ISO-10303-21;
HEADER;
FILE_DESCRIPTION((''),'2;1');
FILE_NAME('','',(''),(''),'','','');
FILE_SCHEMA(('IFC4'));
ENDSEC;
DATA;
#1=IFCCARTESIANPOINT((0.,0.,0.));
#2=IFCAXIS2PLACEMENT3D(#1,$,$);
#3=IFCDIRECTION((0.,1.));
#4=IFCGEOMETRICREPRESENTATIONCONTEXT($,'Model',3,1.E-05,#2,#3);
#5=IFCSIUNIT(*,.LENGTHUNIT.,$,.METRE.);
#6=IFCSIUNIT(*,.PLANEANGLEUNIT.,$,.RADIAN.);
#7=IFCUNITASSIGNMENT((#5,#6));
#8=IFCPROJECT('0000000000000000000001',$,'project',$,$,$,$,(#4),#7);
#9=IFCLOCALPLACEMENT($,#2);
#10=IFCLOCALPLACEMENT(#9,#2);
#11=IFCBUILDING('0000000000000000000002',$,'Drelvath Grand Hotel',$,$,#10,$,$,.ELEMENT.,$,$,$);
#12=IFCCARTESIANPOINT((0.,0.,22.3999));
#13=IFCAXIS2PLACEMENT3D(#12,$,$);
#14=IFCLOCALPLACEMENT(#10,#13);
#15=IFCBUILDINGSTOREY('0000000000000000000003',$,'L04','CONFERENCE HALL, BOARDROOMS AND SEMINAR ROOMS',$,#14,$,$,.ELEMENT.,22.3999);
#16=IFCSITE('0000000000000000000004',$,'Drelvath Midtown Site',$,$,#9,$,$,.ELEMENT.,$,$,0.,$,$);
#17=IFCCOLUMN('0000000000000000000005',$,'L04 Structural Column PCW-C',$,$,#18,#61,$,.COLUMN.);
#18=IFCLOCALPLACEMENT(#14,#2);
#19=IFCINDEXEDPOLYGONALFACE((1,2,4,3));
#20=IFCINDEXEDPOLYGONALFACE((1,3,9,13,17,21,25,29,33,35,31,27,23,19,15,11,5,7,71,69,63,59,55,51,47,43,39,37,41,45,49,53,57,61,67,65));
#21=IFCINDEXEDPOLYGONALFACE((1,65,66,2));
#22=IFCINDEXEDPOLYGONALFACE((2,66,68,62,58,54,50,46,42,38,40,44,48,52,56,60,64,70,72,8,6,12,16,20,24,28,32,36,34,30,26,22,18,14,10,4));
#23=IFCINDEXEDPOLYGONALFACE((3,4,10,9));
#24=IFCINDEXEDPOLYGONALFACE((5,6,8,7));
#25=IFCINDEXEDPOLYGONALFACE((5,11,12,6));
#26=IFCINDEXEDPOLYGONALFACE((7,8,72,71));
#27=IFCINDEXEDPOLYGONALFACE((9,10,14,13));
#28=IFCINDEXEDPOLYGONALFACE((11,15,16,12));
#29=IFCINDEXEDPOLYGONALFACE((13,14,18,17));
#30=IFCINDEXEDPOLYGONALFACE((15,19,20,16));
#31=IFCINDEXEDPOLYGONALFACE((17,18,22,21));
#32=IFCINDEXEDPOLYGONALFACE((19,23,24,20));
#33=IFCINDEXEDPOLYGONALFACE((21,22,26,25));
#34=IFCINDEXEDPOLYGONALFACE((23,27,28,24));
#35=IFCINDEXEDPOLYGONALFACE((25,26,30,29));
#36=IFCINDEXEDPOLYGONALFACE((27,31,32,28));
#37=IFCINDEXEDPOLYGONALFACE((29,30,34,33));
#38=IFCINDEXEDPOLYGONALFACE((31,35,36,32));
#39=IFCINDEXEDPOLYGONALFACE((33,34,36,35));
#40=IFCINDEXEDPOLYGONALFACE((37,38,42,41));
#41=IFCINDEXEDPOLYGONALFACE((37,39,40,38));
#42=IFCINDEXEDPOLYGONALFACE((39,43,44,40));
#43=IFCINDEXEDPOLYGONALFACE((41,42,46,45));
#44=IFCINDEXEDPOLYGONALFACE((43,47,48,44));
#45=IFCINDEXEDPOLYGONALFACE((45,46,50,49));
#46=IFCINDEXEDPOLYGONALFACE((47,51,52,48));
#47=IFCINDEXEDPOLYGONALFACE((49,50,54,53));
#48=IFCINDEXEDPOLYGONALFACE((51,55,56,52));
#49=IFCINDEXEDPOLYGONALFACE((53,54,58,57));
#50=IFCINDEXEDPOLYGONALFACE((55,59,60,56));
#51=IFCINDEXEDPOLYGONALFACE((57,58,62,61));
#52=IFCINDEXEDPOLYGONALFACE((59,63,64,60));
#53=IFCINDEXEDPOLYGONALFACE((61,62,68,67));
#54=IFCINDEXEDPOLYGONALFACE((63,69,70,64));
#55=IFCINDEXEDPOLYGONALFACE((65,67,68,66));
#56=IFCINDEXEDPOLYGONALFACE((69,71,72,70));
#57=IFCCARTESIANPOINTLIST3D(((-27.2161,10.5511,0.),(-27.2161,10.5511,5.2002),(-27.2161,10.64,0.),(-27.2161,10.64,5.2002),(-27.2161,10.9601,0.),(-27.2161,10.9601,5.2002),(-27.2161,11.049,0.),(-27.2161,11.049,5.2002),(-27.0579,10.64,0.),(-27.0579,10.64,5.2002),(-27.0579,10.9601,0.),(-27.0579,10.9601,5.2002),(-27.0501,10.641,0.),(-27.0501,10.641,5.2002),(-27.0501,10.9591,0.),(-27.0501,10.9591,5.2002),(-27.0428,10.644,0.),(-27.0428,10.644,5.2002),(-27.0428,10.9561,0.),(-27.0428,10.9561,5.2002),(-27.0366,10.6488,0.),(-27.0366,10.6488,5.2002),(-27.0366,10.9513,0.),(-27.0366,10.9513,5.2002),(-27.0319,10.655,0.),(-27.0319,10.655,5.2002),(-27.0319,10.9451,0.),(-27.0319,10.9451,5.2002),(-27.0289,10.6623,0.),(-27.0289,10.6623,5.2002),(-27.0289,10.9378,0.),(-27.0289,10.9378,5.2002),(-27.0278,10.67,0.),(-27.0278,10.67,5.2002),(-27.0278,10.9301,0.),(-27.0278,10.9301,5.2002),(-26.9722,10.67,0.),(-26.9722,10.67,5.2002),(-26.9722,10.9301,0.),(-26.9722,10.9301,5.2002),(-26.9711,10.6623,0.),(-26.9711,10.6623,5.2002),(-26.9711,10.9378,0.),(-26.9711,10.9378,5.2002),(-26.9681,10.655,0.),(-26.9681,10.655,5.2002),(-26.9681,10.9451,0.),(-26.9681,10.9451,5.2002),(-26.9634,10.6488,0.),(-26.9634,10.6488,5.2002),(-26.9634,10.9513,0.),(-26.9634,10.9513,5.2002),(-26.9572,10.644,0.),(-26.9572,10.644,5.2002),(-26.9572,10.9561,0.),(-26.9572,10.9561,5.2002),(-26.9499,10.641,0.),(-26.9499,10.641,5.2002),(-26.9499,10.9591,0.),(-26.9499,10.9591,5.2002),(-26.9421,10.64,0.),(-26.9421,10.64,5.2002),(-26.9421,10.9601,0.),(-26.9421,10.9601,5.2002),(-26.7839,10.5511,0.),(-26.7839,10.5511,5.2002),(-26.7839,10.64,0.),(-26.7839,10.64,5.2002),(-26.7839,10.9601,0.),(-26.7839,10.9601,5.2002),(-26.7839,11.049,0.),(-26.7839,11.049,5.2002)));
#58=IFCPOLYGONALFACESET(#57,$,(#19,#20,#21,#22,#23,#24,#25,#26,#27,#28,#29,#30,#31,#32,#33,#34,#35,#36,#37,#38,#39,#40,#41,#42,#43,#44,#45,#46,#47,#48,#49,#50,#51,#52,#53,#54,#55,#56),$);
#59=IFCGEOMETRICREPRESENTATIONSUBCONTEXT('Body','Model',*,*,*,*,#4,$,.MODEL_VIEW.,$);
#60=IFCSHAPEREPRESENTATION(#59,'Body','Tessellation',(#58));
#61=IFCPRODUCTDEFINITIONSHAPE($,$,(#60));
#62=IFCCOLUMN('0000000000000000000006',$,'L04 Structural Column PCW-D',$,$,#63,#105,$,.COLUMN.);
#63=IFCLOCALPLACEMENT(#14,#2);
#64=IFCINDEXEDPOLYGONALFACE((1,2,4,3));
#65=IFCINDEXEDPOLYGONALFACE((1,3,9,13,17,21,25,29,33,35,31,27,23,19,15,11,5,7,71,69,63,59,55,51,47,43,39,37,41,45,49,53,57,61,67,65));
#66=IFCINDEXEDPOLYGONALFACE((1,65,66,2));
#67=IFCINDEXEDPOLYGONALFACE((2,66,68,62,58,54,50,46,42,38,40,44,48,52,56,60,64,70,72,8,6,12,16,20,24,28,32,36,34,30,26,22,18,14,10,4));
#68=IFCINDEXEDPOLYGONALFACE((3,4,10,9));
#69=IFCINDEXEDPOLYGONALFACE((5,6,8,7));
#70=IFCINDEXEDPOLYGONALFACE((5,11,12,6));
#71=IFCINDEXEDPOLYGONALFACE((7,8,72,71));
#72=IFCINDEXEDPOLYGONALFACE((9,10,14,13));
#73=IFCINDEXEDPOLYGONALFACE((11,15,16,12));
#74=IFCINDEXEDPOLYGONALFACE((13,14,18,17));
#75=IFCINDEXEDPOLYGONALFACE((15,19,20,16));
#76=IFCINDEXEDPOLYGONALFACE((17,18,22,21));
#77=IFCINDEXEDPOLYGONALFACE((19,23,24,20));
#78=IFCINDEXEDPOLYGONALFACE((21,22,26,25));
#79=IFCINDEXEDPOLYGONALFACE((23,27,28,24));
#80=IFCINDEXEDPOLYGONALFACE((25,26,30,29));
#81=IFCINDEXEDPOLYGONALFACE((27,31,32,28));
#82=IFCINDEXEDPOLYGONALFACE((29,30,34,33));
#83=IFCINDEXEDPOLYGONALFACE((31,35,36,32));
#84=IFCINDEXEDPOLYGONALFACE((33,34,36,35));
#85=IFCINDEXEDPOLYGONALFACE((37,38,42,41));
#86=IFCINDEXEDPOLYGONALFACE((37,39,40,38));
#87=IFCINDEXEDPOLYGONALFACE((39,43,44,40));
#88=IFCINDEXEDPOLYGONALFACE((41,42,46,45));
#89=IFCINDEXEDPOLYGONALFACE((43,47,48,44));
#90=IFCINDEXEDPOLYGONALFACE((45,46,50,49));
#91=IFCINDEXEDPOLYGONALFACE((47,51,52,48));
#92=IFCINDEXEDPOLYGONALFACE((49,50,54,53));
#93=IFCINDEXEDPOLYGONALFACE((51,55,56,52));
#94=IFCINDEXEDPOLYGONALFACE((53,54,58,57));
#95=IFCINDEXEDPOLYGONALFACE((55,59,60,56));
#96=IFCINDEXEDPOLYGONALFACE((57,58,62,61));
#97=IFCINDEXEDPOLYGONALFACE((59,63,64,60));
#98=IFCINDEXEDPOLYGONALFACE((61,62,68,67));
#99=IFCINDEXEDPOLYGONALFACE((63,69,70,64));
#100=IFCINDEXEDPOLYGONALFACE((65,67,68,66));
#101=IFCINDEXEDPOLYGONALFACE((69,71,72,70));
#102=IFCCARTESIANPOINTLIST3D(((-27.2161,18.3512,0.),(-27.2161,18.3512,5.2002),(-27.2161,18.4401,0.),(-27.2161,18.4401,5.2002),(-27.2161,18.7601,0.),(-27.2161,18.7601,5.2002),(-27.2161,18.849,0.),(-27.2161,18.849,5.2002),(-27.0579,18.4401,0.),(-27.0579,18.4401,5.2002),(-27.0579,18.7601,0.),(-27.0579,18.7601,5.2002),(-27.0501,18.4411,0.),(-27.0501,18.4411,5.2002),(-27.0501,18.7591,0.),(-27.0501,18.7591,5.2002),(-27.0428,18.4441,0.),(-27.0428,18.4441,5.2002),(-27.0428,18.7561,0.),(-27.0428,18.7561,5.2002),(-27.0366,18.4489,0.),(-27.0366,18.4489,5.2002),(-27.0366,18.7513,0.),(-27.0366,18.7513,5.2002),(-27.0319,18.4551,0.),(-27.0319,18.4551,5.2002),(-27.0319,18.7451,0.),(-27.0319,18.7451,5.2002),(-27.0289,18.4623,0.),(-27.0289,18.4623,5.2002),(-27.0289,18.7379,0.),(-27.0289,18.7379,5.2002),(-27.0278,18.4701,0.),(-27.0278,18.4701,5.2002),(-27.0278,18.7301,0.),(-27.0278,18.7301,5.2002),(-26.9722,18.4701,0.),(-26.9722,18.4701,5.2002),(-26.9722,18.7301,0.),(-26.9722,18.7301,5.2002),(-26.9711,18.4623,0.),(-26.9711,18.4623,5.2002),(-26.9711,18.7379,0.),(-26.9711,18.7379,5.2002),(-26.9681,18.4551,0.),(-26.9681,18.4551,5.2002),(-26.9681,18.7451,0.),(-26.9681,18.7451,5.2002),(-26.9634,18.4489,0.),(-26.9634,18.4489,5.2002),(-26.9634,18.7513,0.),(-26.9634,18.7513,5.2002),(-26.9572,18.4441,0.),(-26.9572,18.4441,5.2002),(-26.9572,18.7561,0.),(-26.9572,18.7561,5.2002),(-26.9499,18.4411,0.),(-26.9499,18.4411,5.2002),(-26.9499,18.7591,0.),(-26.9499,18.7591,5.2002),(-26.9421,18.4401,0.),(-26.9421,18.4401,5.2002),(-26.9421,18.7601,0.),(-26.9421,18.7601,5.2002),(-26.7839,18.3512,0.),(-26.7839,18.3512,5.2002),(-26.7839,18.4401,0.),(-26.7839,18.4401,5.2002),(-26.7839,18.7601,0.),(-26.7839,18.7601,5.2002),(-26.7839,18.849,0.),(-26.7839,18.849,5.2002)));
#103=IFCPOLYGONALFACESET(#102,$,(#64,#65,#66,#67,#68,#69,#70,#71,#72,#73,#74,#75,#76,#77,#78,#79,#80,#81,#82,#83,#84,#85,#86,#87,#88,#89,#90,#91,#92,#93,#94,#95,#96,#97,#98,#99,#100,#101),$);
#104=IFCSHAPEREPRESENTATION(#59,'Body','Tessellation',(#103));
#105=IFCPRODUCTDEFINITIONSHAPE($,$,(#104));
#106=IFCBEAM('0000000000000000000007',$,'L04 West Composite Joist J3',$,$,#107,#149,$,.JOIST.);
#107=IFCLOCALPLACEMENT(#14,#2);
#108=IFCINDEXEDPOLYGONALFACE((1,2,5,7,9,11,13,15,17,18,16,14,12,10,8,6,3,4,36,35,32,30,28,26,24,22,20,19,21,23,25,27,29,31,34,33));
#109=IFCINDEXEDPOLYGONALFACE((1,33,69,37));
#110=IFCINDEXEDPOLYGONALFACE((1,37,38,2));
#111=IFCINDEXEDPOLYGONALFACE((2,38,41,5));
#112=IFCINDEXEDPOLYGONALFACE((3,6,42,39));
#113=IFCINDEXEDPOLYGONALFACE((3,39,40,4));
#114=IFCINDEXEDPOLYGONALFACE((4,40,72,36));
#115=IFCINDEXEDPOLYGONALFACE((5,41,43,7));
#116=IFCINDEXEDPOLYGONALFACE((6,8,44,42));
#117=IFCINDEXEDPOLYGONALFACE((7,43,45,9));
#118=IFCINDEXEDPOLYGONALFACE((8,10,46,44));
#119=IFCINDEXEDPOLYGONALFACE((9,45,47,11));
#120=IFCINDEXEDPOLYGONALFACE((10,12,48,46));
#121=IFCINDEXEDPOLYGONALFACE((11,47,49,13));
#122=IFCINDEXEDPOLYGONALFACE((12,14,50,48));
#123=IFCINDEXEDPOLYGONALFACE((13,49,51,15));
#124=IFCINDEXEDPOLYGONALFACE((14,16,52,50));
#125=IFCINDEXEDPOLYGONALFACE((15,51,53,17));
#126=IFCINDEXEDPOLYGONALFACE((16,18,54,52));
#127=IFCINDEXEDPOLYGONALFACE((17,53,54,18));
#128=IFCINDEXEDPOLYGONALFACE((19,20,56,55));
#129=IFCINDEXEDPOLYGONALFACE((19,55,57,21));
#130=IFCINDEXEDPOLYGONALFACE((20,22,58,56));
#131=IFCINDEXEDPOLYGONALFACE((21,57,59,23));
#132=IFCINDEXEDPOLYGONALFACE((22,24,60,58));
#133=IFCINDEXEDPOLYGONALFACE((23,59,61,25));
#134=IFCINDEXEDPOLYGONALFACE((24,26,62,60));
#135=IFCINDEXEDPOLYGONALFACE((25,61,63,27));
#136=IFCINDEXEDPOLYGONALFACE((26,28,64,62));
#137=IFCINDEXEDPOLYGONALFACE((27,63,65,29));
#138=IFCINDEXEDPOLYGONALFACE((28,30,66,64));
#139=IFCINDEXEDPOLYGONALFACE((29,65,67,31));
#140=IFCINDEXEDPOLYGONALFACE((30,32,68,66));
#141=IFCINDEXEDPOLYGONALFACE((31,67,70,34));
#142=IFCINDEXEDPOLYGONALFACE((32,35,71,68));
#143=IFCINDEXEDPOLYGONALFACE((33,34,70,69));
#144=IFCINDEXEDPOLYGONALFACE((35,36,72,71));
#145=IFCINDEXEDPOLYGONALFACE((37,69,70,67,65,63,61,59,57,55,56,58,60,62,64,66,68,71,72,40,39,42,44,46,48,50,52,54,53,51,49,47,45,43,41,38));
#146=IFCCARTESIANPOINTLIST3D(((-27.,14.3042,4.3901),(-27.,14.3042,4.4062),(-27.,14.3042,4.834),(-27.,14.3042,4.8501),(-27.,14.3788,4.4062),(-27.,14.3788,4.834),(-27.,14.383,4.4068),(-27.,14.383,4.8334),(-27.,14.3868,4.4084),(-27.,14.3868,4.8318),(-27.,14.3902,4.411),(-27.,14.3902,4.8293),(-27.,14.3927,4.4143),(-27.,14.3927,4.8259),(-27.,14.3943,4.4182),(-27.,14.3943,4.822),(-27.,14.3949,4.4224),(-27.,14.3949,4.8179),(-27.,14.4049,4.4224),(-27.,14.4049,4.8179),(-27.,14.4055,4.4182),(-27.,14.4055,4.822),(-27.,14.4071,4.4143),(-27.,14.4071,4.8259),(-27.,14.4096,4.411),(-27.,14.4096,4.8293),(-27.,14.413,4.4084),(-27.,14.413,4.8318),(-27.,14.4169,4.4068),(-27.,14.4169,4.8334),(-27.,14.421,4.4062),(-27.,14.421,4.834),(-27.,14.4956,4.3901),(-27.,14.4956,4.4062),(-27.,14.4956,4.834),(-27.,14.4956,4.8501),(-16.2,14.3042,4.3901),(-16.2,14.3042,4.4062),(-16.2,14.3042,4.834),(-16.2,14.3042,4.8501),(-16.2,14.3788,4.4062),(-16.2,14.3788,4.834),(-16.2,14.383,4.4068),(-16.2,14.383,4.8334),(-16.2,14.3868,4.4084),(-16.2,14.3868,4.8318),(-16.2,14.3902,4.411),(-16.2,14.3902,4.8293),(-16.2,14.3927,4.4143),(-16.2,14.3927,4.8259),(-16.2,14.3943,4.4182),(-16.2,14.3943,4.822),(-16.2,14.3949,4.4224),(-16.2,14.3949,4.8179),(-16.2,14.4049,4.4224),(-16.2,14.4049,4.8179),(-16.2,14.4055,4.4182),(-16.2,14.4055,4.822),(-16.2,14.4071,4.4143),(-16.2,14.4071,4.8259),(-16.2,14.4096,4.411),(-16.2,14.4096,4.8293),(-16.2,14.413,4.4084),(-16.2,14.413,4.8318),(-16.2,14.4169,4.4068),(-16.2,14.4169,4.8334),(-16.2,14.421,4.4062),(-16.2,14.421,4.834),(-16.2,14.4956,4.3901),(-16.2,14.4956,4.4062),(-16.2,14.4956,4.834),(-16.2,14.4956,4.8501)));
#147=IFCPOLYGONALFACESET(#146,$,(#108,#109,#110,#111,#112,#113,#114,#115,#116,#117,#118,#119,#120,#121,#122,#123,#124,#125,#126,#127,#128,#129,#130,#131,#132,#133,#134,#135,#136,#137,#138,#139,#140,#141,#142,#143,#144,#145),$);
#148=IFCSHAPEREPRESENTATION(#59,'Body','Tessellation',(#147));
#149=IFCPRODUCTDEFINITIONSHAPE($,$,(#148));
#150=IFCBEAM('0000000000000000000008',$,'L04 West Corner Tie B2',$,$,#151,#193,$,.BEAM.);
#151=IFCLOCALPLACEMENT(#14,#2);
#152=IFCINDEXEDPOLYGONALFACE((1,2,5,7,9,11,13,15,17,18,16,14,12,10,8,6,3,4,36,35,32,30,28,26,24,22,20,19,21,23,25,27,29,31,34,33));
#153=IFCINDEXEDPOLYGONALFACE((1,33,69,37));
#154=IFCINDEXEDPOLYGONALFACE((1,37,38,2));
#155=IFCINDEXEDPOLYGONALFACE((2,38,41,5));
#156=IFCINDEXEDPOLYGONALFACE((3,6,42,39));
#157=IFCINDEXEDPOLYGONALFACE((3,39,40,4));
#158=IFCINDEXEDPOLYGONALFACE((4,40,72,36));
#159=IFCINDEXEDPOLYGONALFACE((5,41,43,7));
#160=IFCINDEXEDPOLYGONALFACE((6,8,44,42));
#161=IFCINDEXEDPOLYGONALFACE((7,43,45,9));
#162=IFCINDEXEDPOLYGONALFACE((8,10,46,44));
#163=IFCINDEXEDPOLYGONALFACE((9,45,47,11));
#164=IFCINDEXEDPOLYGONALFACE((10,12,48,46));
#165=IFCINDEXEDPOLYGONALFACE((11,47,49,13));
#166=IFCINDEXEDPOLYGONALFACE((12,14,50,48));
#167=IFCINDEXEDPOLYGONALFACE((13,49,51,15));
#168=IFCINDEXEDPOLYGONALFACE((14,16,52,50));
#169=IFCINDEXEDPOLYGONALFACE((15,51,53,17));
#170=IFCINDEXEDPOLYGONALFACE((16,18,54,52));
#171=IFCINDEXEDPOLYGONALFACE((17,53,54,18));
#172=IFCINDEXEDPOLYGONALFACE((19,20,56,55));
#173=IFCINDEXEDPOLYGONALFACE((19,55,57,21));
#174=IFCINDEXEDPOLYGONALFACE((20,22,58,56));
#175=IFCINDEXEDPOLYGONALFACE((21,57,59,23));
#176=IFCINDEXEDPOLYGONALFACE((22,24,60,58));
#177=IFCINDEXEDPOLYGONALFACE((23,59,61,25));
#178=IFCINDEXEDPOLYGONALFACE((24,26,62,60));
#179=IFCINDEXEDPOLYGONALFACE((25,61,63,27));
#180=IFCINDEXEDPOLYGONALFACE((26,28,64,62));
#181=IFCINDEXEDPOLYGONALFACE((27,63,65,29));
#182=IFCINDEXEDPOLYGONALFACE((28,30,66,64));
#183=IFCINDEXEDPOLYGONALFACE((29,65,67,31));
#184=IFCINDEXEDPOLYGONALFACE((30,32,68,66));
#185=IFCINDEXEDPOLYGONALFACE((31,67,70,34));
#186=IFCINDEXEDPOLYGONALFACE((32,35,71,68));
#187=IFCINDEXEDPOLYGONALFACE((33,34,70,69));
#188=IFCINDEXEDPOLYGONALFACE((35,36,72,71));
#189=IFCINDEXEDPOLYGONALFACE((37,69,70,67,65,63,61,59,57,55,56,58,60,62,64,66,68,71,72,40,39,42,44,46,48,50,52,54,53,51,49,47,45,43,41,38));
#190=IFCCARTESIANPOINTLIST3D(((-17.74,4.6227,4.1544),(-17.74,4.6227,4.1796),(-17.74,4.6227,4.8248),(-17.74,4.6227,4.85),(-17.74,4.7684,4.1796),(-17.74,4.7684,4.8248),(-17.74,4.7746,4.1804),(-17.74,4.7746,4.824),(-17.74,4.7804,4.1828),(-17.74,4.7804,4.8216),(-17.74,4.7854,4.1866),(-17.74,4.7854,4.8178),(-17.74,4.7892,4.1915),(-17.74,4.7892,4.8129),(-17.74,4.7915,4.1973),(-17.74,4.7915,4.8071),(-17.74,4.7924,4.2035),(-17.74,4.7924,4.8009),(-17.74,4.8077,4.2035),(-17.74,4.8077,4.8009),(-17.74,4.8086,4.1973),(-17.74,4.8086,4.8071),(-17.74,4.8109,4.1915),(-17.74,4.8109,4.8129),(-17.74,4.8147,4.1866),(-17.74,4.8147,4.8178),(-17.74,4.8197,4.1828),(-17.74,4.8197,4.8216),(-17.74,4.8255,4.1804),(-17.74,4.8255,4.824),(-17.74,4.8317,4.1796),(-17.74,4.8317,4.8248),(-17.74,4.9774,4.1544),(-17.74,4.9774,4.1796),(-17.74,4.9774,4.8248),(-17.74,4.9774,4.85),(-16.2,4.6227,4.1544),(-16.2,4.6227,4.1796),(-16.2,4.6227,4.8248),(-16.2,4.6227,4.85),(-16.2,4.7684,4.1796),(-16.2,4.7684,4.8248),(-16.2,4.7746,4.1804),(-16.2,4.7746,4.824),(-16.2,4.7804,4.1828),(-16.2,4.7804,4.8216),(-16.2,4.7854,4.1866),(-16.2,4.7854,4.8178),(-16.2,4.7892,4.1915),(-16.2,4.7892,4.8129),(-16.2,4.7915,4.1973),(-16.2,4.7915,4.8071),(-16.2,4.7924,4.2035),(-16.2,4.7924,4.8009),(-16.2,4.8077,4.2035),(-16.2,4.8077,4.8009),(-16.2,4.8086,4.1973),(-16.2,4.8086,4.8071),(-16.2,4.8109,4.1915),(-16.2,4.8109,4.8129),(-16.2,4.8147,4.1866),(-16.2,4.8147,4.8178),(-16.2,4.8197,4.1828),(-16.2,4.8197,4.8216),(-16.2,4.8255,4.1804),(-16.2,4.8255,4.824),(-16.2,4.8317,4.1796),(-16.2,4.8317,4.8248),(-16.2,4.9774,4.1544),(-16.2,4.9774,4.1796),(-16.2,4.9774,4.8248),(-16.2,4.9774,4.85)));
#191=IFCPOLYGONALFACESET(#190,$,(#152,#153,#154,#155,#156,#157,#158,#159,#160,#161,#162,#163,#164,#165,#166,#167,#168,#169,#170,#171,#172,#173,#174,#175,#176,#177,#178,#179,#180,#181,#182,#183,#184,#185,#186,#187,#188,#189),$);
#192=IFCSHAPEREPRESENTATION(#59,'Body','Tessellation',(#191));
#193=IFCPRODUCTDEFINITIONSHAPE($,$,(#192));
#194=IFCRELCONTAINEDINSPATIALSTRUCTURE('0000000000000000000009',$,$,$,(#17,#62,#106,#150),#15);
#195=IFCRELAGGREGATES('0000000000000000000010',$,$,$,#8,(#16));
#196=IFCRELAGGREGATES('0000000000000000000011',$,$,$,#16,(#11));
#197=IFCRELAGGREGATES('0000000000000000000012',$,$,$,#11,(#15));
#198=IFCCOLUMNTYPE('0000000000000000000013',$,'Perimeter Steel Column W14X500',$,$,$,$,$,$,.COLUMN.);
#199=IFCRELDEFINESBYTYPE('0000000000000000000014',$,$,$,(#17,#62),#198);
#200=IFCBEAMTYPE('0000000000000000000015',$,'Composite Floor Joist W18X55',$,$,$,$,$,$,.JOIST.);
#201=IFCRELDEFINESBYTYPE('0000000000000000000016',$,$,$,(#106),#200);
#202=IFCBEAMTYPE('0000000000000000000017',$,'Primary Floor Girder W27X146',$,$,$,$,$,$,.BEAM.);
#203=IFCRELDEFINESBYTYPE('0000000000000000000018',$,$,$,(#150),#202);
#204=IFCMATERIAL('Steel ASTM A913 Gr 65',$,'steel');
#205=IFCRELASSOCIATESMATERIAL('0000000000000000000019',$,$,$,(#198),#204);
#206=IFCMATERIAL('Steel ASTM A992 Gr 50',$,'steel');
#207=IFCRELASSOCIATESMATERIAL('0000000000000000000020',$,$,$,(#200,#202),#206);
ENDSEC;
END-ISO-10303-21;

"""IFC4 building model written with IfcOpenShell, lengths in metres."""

from ifc_helpers import new_model, si_unit, direction, frame, origin, origin_2d, place, context, subcontext, project, spatial, i_section, extrude, material, material_profile, profile_set, type_object, element, save


model = new_model("IFC4")

# Units and contexts
model_context = context("Model", 3, precision=1e-05, world=origin(), true_north=direction((0.0, 1.0)))
body_context = subcontext(model_context, "Body", "Model", "MODEL_VIEW")
ifc_project = project(units=[si_unit("LENGTHUNIT", "METRE"), si_unit("PLANEANGLEUNIT", "RADIAN")], contexts=[model_context])

# Site, building, storey
site_placement = place(None, origin())
site = spatial("IfcSite", under=ifc_project, at=site_placement, Name="Drelvath Midtown Site", CompositionType="ELEMENT", RefElevation=0.0)
building_placement = place(site_placement, origin())
building = spatial("IfcBuilding", under=site, at=building_placement, Name="Drelvath Grand Hotel", CompositionType="ELEMENT")
storey_placement = place(building_placement, frame((0.0, 0.0, 22.3999)))
storey = spatial("IfcBuildingStorey", under=building, at=storey_placement, Name="L04", Description="CONFERENCE HALL, BOARDROOMS AND SEMINAR ROOMS", CompositionType="ELEMENT", Elevation=22.3999)

# Columns
ifc_material_1 = material(Name="Steel ASTM A913 Gr 65", Category="steel")
ifc_material_profile_1 = material_profile(ifc_material_1, i_section(OverallWidth=0.4321, OverallDepth=0.4978, WebThickness=0.0557, FlangeThickness=0.0889, FilletRadius=0.03, at=origin_2d()), Name="W14X500")
ifc_profile_set_1 = profile_set([ifc_material_profile_1], Name="Steel ASTM A913 Gr 65")
column_type = type_object("IfcColumnType", Name="Perimeter Steel Column W14X500", PredefinedType="COLUMN", material=ifc_profile_set_1)
for number, where, z_axis, x_axis, name in (
    (1, (-27.0, 10.8, 0.0), (0.0, 0.0, 1.0), (1.0, 0.0, 0.0), "L04 Structural Column PCW-C"),
    (2, (-27.0, 18.6001, 0.0), (0.0, 0.0, 1.0), (1.0, 0.0, 0.0), "L04 Structural Column PCW-D"),
):
    element("IfcColumn", number, at=place(storey_placement, frame(where, z_axis=z_axis, x_axis=x_axis)), inside=storey, type_object=column_type, Name=name, PredefinedType="COLUMN", context=body_context, shape_type="SweptSolid", body=[
        extrude(i_section(OverallWidth=0.4321, OverallDepth=0.4978, WebThickness=0.0557, FlangeThickness=0.0889, FilletRadius=0.03, at=origin_2d()), origin(), (0.0, 0.0, 1.0), 5.2002),
    ])

# Beams
ifc_material_2 = material(Name="Steel ASTM A992 Gr 50", Category="steel")
ifc_material_profile_2 = material_profile(ifc_material_2, i_section(OverallWidth=0.1914, OverallDepth=0.46, WebThickness=0.01, FlangeThickness=0.0161, FilletRadius=0.0161, at=origin_2d()), Name="W18X55")
ifc_profile_set_2 = profile_set([ifc_material_profile_2], Name="Steel ASTM A992 Gr 50")
beam_type_1 = type_object("IfcBeamType", Name="Composite Floor Joist W18X55", PredefinedType="JOIST", material=ifc_profile_set_2)
beam_1_placement = place(storey_placement, frame((-27.0, 14.3999, 4.6201), z_axis=(1.0, 0.0, 0.0), x_axis=(0.0, 1.0, 0.0)))
element("IfcBeam", 3, at=beam_1_placement, inside=storey, type_object=beam_type_1, Name="L04 West Composite Joist J3", PredefinedType="JOIST", context=body_context, shape_type="SweptSolid", body=[
    extrude(i_section(OverallWidth=0.1914, OverallDepth=0.46, WebThickness=0.01, FlangeThickness=0.0161, FilletRadius=0.0161, at=origin_2d()), origin(), (0.0, 0.0, 1.0), 10.8),
])
ifc_material_profile_3 = material_profile(ifc_material_2, i_section(OverallWidth=0.3547, OverallDepth=0.6956, WebThickness=0.0154, FlangeThickness=0.0251, FilletRadius=0.0239, at=origin_2d()), Name="W27X146")
ifc_profile_set_3 = profile_set([ifc_material_profile_3], Name="Steel ASTM A992 Gr 50")
beam_type_2 = type_object("IfcBeamType", Name="Primary Floor Girder W27X146", PredefinedType="BEAM", material=ifc_profile_set_3)
beam_2_placement = place(storey_placement, frame((-17.74, 4.8, 4.5022), z_axis=(1.0, 0.0, 0.0), x_axis=(0.0, 1.0, 0.0)))
element("IfcBeam", 4, at=beam_2_placement, inside=storey, type_object=beam_type_2, Name="L04 West Corner Tie B2", PredefinedType="BEAM", context=body_context, shape_type="SweptSolid", body=[
    extrude(i_section(OverallWidth=0.3547, OverallDepth=0.6956, WebThickness=0.0154, FlangeThickness=0.0251, FilletRadius=0.0239, at=origin_2d()), origin(), (0.0, 0.0, 1.0), 1.54),
])

save(model, "model.ifc")
